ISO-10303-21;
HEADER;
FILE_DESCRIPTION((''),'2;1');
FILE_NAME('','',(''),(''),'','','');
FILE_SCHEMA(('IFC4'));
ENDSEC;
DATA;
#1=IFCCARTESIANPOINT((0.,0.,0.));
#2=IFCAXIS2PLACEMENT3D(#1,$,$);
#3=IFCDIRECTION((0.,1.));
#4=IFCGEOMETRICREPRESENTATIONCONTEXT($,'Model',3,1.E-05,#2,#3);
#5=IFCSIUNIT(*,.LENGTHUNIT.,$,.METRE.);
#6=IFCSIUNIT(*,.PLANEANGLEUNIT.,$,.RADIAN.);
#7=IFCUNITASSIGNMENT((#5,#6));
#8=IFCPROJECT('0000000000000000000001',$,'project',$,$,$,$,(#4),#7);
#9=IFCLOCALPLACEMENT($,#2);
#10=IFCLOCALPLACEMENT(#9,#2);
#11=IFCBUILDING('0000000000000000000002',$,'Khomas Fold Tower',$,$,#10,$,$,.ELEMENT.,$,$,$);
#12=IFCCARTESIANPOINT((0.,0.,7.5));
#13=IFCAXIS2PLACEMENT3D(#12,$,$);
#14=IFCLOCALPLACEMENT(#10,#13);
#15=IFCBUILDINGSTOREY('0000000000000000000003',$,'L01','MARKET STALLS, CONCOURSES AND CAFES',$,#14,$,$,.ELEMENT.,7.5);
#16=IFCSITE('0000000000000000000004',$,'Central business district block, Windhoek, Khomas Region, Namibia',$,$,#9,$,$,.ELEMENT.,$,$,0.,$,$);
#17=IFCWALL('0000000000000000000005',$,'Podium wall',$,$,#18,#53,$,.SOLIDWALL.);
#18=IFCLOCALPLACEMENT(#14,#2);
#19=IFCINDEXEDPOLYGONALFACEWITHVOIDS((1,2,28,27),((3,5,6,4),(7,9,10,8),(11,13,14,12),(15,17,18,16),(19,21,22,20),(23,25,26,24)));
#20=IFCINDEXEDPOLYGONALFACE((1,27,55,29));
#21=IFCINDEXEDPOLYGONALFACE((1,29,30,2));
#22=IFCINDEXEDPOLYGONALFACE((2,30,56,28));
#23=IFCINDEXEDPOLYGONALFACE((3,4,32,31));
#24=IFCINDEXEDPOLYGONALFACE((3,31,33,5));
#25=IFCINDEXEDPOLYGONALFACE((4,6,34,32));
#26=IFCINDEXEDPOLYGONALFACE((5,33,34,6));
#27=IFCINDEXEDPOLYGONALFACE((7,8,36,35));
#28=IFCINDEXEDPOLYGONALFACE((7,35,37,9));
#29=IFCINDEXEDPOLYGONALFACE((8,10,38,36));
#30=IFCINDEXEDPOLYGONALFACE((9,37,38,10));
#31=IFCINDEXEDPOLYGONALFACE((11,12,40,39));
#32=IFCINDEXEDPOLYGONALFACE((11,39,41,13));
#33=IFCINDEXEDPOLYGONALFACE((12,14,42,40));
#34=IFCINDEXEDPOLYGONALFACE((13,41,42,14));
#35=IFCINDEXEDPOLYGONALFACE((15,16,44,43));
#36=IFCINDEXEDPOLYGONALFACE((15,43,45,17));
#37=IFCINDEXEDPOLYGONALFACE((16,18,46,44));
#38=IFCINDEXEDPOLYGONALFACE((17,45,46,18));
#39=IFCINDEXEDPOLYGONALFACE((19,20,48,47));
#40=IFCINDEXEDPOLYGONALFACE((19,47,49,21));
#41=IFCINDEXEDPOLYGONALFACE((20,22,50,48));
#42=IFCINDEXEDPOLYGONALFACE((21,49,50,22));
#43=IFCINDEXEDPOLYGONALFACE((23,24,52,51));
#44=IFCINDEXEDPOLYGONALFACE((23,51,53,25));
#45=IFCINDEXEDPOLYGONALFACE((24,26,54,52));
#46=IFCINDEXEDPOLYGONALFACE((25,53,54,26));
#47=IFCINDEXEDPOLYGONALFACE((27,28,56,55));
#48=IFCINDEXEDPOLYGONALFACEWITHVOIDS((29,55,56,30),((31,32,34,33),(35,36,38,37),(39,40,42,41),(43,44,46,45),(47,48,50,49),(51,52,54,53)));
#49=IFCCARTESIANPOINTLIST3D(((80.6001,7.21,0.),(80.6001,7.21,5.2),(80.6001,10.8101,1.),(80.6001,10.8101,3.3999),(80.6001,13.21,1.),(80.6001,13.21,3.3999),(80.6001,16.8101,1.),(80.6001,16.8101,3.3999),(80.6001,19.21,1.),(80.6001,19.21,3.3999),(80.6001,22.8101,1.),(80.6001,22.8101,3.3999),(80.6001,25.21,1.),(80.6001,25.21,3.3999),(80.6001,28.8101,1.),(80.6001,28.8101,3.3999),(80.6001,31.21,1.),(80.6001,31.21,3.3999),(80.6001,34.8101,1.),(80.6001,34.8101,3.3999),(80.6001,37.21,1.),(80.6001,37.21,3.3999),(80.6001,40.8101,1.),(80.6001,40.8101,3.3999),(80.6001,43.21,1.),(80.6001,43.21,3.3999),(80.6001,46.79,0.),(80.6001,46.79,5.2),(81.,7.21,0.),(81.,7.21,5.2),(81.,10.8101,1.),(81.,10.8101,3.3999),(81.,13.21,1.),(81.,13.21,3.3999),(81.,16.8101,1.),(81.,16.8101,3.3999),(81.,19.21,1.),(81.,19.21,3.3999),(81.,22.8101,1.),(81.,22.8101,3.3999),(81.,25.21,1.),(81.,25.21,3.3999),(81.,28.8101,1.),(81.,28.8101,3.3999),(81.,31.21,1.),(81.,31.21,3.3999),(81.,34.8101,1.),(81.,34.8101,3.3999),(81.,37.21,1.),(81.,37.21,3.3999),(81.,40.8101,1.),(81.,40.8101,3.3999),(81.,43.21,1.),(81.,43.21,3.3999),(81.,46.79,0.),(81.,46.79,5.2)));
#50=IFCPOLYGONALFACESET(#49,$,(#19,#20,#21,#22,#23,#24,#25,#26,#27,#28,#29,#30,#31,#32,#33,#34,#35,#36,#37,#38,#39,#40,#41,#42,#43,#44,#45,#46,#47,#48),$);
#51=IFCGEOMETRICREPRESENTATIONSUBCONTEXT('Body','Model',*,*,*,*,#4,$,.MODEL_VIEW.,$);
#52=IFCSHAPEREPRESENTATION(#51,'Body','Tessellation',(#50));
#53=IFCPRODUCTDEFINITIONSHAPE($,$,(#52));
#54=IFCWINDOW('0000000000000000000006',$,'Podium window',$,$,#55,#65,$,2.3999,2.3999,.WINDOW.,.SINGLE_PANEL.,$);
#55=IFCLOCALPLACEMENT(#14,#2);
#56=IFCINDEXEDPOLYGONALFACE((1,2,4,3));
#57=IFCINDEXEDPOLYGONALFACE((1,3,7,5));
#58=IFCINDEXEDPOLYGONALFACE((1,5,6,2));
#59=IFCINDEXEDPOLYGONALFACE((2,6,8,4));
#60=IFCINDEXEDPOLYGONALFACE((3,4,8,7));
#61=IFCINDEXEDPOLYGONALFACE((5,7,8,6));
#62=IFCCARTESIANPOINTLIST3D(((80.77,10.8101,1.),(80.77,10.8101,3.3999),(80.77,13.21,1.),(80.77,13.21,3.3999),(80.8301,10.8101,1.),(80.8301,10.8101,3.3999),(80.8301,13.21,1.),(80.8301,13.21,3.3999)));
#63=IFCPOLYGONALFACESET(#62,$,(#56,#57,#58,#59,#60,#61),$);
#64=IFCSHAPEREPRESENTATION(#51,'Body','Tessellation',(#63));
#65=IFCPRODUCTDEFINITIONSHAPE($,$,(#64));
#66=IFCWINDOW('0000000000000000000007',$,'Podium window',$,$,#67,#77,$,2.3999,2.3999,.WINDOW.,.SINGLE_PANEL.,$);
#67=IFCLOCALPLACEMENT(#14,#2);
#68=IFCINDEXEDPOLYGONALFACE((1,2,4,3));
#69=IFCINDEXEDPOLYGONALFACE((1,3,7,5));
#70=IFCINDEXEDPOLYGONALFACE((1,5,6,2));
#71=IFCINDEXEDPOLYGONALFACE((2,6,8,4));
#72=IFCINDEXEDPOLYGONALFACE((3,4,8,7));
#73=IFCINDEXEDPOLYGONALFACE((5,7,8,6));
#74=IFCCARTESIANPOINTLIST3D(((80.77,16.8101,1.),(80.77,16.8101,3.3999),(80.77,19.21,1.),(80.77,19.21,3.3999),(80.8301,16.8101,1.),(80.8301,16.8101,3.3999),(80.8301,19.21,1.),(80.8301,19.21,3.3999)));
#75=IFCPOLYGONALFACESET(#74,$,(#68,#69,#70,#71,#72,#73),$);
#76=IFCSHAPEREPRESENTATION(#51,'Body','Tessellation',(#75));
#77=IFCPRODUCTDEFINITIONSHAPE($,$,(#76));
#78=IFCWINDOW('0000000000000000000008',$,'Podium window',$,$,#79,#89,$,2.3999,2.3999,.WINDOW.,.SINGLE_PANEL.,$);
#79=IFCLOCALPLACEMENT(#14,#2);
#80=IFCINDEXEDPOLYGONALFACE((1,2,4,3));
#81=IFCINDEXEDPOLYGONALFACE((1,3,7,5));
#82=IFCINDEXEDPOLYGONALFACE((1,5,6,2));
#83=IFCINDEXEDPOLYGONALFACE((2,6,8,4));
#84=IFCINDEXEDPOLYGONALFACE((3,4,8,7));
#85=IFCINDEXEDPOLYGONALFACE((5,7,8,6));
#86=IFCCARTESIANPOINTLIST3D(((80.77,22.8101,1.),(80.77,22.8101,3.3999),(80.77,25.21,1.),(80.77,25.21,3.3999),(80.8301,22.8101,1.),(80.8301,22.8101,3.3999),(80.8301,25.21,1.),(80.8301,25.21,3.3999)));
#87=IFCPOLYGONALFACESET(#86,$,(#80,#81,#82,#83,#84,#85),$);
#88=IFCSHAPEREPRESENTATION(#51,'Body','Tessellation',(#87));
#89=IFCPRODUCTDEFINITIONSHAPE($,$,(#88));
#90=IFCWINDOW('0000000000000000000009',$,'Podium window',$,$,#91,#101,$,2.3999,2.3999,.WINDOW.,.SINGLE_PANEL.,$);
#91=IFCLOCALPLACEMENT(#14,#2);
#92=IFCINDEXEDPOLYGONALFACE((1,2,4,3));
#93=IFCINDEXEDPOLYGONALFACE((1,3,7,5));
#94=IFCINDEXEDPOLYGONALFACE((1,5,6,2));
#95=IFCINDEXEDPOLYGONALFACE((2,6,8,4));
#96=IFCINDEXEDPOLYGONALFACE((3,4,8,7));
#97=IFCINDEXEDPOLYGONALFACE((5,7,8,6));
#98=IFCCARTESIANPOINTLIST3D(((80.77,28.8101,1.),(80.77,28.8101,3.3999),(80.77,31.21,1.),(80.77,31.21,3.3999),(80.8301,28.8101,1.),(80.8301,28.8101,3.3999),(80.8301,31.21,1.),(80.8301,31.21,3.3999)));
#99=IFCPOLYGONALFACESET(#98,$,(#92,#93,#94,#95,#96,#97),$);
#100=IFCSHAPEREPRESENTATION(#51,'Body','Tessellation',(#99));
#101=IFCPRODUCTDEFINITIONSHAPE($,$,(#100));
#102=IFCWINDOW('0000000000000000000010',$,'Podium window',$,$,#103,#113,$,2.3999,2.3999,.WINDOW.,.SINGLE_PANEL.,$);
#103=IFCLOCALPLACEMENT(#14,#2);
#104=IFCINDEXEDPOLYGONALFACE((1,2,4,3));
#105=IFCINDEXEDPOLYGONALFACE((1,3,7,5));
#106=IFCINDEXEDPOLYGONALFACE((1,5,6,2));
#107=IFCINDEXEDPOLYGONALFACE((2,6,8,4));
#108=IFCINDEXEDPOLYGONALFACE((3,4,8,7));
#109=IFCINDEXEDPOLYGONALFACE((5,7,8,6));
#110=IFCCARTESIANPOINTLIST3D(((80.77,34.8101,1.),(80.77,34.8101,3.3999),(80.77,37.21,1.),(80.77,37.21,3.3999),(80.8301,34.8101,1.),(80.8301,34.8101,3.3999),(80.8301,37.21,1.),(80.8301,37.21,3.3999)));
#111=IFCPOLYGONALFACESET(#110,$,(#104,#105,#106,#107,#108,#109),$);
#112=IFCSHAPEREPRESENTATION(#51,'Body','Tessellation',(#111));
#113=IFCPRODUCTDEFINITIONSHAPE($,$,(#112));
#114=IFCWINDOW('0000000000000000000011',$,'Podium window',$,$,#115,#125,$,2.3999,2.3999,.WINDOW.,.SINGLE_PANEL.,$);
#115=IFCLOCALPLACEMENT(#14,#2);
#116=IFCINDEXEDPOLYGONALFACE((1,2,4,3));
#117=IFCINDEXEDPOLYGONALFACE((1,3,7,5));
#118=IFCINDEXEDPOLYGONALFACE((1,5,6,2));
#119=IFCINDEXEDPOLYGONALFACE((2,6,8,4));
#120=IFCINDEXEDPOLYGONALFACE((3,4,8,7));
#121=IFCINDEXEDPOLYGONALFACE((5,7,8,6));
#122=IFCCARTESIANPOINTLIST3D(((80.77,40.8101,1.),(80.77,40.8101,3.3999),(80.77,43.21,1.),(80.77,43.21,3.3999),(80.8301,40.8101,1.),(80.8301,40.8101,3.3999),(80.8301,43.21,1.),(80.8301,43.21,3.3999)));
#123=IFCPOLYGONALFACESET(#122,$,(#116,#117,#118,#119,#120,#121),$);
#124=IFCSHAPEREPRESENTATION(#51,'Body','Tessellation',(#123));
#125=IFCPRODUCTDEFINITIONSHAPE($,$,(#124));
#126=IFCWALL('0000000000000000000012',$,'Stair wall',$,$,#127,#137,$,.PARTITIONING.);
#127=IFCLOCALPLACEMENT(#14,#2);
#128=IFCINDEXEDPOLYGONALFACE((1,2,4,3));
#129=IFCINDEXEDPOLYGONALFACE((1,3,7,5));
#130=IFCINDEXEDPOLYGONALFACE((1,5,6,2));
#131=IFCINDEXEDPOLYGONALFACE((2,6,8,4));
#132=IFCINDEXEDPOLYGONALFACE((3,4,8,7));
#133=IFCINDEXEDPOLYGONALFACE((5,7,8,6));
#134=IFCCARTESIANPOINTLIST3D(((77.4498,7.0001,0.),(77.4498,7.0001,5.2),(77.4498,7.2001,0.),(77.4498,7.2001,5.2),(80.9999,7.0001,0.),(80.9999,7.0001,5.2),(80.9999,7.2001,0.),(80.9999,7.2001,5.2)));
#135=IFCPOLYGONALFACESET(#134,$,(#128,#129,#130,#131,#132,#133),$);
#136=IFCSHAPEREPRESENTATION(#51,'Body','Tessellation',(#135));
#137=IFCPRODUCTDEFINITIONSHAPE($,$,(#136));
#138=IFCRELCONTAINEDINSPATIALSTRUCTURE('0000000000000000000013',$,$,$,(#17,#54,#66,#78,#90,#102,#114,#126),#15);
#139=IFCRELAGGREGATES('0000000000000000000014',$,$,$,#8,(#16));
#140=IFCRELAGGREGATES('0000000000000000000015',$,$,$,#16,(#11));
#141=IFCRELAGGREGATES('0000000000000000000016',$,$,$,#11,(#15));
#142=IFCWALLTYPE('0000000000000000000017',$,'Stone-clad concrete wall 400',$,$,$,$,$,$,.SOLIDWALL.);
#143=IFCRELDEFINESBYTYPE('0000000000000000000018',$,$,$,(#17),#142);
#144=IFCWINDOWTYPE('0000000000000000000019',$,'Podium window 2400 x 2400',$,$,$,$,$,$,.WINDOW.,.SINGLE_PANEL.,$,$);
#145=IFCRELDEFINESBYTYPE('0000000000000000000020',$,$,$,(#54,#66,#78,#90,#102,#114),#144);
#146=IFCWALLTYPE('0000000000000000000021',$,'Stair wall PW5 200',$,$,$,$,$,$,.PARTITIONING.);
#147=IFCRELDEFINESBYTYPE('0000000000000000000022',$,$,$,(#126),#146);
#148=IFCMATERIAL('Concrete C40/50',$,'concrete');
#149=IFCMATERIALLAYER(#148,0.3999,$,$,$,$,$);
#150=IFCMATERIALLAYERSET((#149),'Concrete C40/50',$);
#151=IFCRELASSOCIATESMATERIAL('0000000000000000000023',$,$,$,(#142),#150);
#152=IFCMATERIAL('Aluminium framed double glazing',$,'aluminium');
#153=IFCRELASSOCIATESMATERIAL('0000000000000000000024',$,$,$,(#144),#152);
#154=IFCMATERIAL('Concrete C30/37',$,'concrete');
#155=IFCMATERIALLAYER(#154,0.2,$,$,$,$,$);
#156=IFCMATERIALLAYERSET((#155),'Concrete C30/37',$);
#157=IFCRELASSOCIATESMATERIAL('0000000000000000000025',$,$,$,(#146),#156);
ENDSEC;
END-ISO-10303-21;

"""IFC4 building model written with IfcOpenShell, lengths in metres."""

from ifc_helpers import new_model, si_unit, direction, frame, frame_2d, origin, place, context, subcontext, project, spatial, rectangle, extrude, source, transform, mapped, material, layer, layer_set, type_object, element, fill, save


model = new_model("IFC4")

# Units and contexts
model_context = context("Model", 3, precision=1e-05, world=origin(), true_north=direction((0.0, 1.0)))
body_context = subcontext(model_context, "Body", "Model", "MODEL_VIEW")
ifc_project = project(units=[si_unit("LENGTHUNIT", "METRE"), si_unit("PLANEANGLEUNIT", "RADIAN")], contexts=[model_context])

# Site, building, storey
site_placement = place(None, origin())
site = spatial("IfcSite", under=ifc_project, at=site_placement, Name="Central business district block, Windhoek, Khomas Region, Namibia", CompositionType="ELEMENT", RefElevation=0.0)
building_placement = place(site_placement, origin())
building = spatial("IfcBuilding", under=site, at=building_placement, Name="Khomas Fold Tower", CompositionType="ELEMENT")
storey_placement = place(building_placement, frame((0.0, 0.0, 7.5)))
storey = spatial("IfcBuildingStorey", under=building, at=storey_placement, Name="L01", Description="MARKET STALLS, CONCOURSES AND CAFES", CompositionType="ELEMENT", Elevation=7.5)

# Wall, openings, windows
ifc_material_1 = material(Name="Concrete C40/50", Category="concrete")
ifc_layer_1 = layer(ifc_material_1, 0.3999)
ifc_layer_set_1 = layer_set([ifc_layer_1], Name="Concrete C40/50")
wall_type_1 = type_object("IfcWallType", Name="Stone-clad concrete wall 400", PredefinedType="SOLIDWALL", material=ifc_layer_set_1)
shared_shape_1 = source(origin(), body_context, "Body", "SweptSolid", [
    extrude(rectangle(XDim=39.5801, YDim=0.3999, at=frame_2d((19.79, 0.0))), origin(), (0.0, 0.0, 1.0), 5.2),
])
wall_1_placement = place(storey_placement, frame((80.8, 7.21, 0.0), z_axis=(0.0, 0.0, 1.0), x_axis=(0.0, 1.0, 0.0)))
wall_1 = element("IfcWall", 1, at=wall_1_placement, inside=storey, type_object=wall_type_1, Name="Podium wall", PredefinedType="SOLIDWALL", context=body_context, shape_type="MappedRepresentation", body=[
    mapped(shared_shape_1, transform((0.0, 0.0, 0.0))),
])
shared_shape_2 = source(origin(), body_context, "Body", "SweptSolid", [
    extrude(rectangle(XDim=2.3999, YDim=2.3999, at=frame_2d((1.2, 1.2))), frame((0.0, 0.21, 0.0), z_axis=(0.0, -1.0, 0.0), x_axis=(1.0, 0.0, 0.0)), (0.0, 0.0, 1.0), 0.4199),
])
opening_1_placement = place(wall_1_placement, frame((3.6001, 0.0, 1.0)))
opening_1 = element("IfcOpeningElement", 2, at=opening_1_placement, cuts=wall_1, PredefinedType="OPENING", context=body_context, shape_type="MappedRepresentation", body=[
    mapped(shared_shape_2, transform((0.0, 0.0, 0.0))),
])
opening_2_placement = place(wall_1_placement, frame((9.6001, 0.0, 1.0)))
opening_2 = element("IfcOpeningElement", 3, at=opening_2_placement, cuts=wall_1, PredefinedType="OPENING", context=body_context, shape_type="MappedRepresentation", body=[
    mapped(shared_shape_2, transform((0.0, 0.0, 0.0))),
])
opening_3_placement = place(wall_1_placement, frame((15.6001, 0.0, 1.0)))
opening_3 = element("IfcOpeningElement", 4, at=opening_3_placement, cuts=wall_1, PredefinedType="OPENING", context=body_context, shape_type="MappedRepresentation", body=[
    mapped(shared_shape_2, transform((0.0, 0.0, 0.0))),
])
opening_4_placement = place(wall_1_placement, frame((21.6001, 0.0, 1.0)))
opening_4 = element("IfcOpeningElement", 5, at=opening_4_placement, cuts=wall_1, PredefinedType="OPENING", context=body_context, shape_type="MappedRepresentation", body=[
    mapped(shared_shape_2, transform((0.0, 0.0, 0.0))),
])
opening_5_placement = place(wall_1_placement, frame((27.6001, 0.0, 1.0)))
opening_5 = element("IfcOpeningElement", 6, at=opening_5_placement, cuts=wall_1, PredefinedType="OPENING", context=body_context, shape_type="MappedRepresentation", body=[
    mapped(shared_shape_2, transform((0.0, 0.0, 0.0))),
])
opening_6_placement = place(wall_1_placement, frame((33.6001, 0.0, 1.0)))
opening_6 = element("IfcOpeningElement", 7, at=opening_6_placement, cuts=wall_1, PredefinedType="OPENING", context=body_context, shape_type="MappedRepresentation", body=[
    mapped(shared_shape_2, transform((0.0, 0.0, 0.0))),
])
ifc_material_2 = material(Name="Aluminium framed double glazing", Category="aluminium")
window_type = type_object("IfcWindowType", Name="Podium window 2400 x 2400", PartitioningType="SINGLE_PANEL", PredefinedType="WINDOW", material=ifc_material_2)
shared_shape_3 = source(origin(), body_context, "Body", "SweptSolid", [
    extrude(rectangle(XDim=2.3999, YDim=2.3999, at=frame_2d((1.2, 1.2))), frame((0.0, 0.03, 0.0), z_axis=(0.0, -1.0, 0.0), x_axis=(1.0, 0.0, 0.0)), (0.0, 0.0, 1.0), 0.0601),
])
window_1_placement = place(opening_1_placement, origin())
window_1 = element("IfcWindow", 8, at=window_1_placement, inside=storey, type_object=window_type, Name="Podium window", OverallHeight=2.3999, OverallWidth=2.3999, PartitioningType="SINGLE_PANEL", PredefinedType="WINDOW", context=body_context, shape_type="MappedRepresentation", body=[
    mapped(shared_shape_3, transform((0.0, 0.0, 0.0))),
])
fill(opening_1, window_1)
window_2_placement = place(opening_2_placement, origin())
window_2 = element("IfcWindow", 9, at=window_2_placement, inside=storey, type_object=window_type, Name="Podium window", OverallHeight=2.3999, OverallWidth=2.3999, PartitioningType="SINGLE_PANEL", PredefinedType="WINDOW", context=body_context, shape_type="MappedRepresentation", body=[
    mapped(shared_shape_3, transform((0.0, 0.0, 0.0))),
])
fill(opening_2, window_2)
window_3_placement = place(opening_3_placement, origin())
window_3 = element("IfcWindow", 10, at=window_3_placement, inside=storey, type_object=window_type, Name="Podium window", OverallHeight=2.3999, OverallWidth=2.3999, PartitioningType="SINGLE_PANEL", PredefinedType="WINDOW", context=body_context, shape_type="MappedRepresentation", body=[
    mapped(shared_shape_3, transform((0.0, 0.0, 0.0))),
])
fill(opening_3, window_3)
window_4_placement = place(opening_4_placement, origin())
window_4 = element("IfcWindow", 11, at=window_4_placement, inside=storey, type_object=window_type, Name="Podium window", OverallHeight=2.3999, OverallWidth=2.3999, PartitioningType="SINGLE_PANEL", PredefinedType="WINDOW", context=body_context, shape_type="MappedRepresentation", body=[
    mapped(shared_shape_3, transform((0.0, 0.0, 0.0))),
])
fill(opening_4, window_4)
window_5_placement = place(opening_5_placement, origin())
window_5 = element("IfcWindow", 12, at=window_5_placement, inside=storey, type_object=window_type, Name="Podium window", OverallHeight=2.3999, OverallWidth=2.3999, PartitioningType="SINGLE_PANEL", PredefinedType="WINDOW", context=body_context, shape_type="MappedRepresentation", body=[
    mapped(shared_shape_3, transform((0.0, 0.0, 0.0))),
])
fill(opening_5, window_5)
window_6_placement = place(opening_6_placement, origin())
window_6 = element("IfcWindow", 13, at=window_6_placement, inside=storey, type_object=window_type, Name="Podium window", OverallHeight=2.3999, OverallWidth=2.3999, PartitioningType="SINGLE_PANEL", PredefinedType="WINDOW", context=body_context, shape_type="MappedRepresentation", body=[
    mapped(shared_shape_3, transform((0.0, 0.0, 0.0))),
])
fill(opening_6, window_6)

# Wall
ifc_material_3 = material(Name="Concrete C30/37", Category="concrete")
ifc_layer_2 = layer(ifc_material_3, 0.2)
ifc_layer_set_2 = layer_set([ifc_layer_2], Name="Concrete C30/37")
wall_type_2 = type_object("IfcWallType", Name="Stair wall PW5 200", PredefinedType="PARTITIONING", material=ifc_layer_set_2)
shared_shape_4 = source(origin(), body_context, "Body", "SweptSolid", [
    extrude(rectangle(XDim=3.55, YDim=0.2, at=frame_2d((1.7749, 0.0))), origin(), (0.0, 0.0, 1.0), 5.2),
])
wall_2_placement = place(storey_placement, frame((77.45, 7.1001, 0.0), z_axis=(0.0, 0.0, 1.0), x_axis=(1.0, 0.0, 0.0)))
element("IfcWall", 14, at=wall_2_placement, inside=storey, type_object=wall_type_2, Name="Stair wall", PredefinedType="PARTITIONING", context=body_context, shape_type="MappedRepresentation", body=[
    mapped(shared_shape_4, transform((0.0, 0.0, 0.0))),
])

save(model, "model.ifc")
